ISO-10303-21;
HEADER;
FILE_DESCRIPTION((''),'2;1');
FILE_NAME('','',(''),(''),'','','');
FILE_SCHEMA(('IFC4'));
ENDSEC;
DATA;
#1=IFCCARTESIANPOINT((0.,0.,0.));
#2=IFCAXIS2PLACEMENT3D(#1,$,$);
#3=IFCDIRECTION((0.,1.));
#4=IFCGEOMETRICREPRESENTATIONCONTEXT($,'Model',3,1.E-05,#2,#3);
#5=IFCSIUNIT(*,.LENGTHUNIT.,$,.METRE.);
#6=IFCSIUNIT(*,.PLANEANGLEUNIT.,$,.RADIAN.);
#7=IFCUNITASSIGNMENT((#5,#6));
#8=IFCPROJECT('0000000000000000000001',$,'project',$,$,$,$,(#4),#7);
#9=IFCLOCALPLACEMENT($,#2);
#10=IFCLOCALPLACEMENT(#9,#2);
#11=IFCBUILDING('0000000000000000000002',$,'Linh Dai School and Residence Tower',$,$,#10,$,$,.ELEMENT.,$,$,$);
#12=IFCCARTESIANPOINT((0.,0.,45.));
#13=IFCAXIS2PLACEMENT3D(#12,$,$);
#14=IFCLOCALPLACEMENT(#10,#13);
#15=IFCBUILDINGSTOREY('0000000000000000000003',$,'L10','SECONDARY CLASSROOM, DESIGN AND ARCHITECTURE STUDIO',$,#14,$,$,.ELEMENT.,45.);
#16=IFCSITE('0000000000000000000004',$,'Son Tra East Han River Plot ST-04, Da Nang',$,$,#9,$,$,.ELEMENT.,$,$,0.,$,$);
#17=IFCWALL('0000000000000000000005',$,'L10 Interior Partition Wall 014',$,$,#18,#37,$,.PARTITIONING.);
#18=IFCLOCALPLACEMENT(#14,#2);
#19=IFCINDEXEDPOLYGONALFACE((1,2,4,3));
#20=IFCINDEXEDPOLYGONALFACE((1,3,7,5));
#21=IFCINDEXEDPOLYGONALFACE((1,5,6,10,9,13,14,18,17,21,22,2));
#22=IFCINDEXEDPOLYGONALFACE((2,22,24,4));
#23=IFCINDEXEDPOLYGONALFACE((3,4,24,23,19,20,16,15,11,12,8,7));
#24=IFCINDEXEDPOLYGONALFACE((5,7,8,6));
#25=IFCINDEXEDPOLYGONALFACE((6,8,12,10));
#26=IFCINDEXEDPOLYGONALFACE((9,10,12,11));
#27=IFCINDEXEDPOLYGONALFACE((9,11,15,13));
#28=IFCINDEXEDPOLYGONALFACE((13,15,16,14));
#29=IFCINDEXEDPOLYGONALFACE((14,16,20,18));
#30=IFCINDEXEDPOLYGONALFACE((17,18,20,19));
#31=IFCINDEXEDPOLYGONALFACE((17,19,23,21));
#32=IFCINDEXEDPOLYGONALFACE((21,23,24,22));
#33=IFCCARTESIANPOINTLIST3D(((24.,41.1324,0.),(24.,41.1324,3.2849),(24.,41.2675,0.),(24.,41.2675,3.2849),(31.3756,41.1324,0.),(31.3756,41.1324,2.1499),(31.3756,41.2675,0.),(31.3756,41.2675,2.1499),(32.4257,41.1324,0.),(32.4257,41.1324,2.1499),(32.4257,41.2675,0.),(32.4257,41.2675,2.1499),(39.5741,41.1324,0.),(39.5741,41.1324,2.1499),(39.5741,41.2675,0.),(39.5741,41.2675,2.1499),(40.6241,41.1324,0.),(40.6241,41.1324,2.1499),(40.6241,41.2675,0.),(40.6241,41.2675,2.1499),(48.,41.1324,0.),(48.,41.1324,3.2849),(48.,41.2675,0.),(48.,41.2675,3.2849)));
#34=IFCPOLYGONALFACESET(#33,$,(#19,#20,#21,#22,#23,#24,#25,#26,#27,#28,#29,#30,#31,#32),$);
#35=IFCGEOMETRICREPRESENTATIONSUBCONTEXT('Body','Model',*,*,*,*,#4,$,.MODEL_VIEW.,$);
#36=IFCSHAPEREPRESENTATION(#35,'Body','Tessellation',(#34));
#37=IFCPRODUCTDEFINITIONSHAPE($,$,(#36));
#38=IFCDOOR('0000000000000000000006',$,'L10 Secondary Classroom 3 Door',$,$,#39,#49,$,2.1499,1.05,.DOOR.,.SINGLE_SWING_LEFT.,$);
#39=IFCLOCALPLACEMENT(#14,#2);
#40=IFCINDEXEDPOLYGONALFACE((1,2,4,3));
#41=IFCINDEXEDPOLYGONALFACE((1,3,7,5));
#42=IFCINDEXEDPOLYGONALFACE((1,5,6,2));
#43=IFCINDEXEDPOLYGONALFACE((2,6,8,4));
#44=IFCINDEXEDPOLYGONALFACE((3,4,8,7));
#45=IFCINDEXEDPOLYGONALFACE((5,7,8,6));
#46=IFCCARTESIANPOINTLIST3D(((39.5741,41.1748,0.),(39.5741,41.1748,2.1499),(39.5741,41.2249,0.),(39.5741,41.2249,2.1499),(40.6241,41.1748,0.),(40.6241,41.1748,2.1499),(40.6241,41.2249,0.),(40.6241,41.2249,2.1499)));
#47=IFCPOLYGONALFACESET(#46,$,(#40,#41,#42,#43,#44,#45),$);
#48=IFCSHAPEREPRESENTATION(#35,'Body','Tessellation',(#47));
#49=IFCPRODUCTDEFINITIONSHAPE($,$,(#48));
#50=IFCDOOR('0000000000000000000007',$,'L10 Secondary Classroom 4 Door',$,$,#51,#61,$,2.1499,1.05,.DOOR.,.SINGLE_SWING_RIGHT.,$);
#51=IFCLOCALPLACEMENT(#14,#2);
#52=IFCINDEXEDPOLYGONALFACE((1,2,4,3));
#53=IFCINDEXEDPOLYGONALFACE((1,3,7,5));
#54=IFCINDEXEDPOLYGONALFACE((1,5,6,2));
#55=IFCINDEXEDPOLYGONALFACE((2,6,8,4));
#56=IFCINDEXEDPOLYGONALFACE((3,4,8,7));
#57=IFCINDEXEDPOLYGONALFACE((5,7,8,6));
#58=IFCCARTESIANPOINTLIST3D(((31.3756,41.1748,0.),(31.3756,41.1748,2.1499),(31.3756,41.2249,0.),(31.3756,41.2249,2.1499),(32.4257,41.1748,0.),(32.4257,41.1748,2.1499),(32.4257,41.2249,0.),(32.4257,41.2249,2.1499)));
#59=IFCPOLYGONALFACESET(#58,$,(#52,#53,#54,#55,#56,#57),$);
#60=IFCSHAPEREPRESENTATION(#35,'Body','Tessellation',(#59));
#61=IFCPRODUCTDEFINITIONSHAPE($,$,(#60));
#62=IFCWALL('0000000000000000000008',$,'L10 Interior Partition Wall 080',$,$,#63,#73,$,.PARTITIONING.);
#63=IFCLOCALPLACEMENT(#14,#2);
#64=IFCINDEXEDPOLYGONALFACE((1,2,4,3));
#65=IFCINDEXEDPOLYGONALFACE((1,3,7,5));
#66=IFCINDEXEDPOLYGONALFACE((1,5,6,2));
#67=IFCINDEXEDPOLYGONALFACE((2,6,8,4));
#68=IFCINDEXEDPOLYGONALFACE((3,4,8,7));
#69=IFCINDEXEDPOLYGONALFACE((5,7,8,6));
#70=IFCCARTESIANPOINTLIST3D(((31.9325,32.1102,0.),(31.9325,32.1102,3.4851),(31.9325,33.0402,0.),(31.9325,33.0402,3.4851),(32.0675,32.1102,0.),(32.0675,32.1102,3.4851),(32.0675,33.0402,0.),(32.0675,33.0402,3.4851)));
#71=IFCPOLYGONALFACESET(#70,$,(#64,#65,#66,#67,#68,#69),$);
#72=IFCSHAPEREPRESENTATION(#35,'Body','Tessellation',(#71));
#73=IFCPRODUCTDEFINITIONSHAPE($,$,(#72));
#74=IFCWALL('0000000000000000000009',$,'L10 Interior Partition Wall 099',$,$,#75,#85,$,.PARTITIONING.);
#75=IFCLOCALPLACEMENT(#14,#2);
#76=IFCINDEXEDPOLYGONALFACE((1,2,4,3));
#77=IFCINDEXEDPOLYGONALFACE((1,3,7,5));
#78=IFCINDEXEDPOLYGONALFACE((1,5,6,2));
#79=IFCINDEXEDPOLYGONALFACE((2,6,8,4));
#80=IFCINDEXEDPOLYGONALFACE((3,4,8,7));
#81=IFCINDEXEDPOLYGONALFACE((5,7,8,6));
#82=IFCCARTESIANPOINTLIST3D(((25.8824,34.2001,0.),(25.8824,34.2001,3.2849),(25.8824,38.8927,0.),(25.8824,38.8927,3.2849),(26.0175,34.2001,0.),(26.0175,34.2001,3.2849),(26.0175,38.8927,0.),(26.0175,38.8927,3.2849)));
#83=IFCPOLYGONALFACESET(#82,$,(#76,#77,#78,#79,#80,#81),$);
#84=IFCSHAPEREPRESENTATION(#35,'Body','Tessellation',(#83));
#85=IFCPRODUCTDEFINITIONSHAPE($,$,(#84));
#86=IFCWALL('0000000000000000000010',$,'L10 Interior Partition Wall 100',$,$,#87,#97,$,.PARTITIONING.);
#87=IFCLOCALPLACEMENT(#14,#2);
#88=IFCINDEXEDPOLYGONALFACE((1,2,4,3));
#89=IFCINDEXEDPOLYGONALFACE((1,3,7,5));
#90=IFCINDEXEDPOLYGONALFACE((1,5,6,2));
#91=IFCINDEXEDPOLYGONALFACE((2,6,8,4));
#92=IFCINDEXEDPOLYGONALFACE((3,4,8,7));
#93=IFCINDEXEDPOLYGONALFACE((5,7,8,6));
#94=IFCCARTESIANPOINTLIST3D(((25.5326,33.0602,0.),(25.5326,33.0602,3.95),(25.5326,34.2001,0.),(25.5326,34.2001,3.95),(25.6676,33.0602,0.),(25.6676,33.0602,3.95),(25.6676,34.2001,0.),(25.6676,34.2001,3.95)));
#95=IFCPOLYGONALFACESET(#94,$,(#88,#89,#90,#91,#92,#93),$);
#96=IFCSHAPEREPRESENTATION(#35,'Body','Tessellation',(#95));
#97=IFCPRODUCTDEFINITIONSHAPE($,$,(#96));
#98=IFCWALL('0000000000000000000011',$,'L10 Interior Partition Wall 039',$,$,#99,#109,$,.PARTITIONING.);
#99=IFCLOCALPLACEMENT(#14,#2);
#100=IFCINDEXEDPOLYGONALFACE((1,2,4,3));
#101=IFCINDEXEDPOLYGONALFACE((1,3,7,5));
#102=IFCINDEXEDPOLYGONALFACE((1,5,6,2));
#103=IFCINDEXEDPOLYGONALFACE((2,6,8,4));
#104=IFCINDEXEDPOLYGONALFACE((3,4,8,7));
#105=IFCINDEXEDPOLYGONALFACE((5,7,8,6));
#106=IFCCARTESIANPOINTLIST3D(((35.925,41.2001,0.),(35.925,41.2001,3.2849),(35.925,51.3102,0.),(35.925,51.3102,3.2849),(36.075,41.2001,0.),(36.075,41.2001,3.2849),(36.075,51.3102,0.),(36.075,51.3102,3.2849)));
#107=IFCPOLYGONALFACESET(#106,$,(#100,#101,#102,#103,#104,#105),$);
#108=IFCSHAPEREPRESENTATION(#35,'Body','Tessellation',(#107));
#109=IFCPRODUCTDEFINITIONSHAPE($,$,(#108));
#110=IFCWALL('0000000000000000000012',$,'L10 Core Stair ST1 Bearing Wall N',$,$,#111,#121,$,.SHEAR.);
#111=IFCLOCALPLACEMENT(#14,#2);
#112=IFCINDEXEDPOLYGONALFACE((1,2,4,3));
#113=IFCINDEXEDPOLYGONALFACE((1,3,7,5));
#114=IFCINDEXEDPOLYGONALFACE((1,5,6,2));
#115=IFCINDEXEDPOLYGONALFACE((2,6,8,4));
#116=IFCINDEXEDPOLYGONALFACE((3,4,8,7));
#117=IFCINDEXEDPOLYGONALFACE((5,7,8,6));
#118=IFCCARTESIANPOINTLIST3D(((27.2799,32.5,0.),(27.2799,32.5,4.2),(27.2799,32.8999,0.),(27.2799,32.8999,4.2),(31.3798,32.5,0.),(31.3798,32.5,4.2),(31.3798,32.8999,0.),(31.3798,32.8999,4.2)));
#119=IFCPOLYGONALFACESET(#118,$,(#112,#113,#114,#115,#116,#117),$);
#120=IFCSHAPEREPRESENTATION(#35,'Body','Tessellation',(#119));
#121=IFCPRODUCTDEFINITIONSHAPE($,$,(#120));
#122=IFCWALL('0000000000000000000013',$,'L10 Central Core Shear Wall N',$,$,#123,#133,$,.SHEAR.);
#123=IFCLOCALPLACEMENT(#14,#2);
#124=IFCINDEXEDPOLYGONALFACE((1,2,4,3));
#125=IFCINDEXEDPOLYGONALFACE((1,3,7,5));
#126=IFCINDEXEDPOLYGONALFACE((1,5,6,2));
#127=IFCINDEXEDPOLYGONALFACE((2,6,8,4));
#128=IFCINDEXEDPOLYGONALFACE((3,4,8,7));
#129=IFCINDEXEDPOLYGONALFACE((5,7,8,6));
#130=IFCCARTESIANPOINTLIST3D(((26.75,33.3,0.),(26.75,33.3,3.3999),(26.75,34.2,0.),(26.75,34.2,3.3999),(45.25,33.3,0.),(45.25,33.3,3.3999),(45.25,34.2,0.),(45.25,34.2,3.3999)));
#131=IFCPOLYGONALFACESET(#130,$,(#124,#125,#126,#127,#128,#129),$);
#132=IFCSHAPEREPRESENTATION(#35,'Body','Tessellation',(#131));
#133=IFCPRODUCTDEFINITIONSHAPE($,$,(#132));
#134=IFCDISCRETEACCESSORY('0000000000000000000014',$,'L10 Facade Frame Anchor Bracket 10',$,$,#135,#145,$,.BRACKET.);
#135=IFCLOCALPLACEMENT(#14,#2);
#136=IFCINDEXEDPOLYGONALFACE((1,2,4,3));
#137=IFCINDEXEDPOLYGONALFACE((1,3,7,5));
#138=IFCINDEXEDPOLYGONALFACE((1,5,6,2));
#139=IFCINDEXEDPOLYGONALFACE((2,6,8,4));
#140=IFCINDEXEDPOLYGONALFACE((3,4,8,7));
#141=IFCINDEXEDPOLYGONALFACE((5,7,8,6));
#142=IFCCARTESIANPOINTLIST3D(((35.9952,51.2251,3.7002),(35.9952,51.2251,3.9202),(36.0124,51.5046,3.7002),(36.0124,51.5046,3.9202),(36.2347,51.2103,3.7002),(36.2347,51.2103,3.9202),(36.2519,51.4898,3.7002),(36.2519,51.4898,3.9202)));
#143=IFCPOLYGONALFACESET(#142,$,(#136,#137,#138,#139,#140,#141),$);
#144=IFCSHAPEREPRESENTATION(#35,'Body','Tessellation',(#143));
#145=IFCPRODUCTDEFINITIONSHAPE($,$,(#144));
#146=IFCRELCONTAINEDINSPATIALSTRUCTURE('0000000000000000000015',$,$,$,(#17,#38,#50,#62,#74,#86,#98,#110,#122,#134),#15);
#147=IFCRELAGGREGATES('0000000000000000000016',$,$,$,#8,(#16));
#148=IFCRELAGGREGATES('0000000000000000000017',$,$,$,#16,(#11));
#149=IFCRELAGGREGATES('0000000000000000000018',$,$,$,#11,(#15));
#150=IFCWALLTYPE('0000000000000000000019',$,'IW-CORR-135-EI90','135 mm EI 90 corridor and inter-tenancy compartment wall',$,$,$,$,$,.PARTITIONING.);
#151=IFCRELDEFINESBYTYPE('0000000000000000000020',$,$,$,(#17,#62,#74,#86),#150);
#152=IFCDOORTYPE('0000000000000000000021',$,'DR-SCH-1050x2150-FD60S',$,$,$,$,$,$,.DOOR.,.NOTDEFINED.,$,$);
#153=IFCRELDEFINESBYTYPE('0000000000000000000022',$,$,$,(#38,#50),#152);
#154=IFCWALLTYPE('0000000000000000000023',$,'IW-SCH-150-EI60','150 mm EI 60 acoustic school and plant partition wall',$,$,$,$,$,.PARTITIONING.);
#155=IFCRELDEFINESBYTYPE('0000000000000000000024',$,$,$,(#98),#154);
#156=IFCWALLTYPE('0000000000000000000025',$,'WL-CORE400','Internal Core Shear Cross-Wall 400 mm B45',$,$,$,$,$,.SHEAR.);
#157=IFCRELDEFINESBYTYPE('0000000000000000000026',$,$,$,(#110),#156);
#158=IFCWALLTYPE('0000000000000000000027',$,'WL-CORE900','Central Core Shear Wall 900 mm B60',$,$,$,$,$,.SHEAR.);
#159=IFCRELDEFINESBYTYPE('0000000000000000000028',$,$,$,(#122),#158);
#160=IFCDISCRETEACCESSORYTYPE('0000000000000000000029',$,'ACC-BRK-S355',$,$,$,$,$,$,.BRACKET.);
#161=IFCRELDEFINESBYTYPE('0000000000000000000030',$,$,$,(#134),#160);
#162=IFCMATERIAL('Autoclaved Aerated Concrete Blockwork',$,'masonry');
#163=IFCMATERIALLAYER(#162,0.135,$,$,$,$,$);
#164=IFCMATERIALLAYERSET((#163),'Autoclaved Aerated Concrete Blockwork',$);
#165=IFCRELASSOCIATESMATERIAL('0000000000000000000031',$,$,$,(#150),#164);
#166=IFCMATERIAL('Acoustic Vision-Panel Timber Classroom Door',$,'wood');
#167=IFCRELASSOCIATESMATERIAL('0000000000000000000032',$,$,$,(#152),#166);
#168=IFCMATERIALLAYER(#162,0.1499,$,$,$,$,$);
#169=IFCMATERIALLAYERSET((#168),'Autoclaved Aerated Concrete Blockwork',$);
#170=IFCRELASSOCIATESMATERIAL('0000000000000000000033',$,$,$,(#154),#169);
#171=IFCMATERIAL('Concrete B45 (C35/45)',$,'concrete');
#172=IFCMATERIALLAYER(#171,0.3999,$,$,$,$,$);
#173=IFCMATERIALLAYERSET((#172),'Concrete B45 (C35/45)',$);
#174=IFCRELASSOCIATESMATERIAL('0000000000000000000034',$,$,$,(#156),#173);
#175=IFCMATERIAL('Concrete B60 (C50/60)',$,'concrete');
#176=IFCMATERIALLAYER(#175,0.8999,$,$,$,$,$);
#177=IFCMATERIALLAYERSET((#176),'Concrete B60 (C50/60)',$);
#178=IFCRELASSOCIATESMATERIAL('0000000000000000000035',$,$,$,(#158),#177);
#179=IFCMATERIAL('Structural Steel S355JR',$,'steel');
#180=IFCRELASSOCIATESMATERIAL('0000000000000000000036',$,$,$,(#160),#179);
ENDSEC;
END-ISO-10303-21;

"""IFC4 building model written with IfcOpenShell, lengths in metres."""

from ifc_helpers import new_model, si_unit, direction, frame, frame_2d, origin, origin_2d, place, context, subcontext, project, spatial, rectangle, extrude, source, transform, mapped, material, layer, layer_set, type_object, element, fill, save


model = new_model("IFC4")

# Units and contexts
model_context = context("Model", 3, precision=1e-05, world=origin(), true_north=direction((0.0, 1.0)))
body_context = subcontext(model_context, "Body", "Model", "MODEL_VIEW")
ifc_project = project(units=[si_unit("LENGTHUNIT", "METRE"), si_unit("PLANEANGLEUNIT", "RADIAN")], contexts=[model_context])

# Site, building, storey
site_placement = place(None, origin())
site = spatial("IfcSite", under=ifc_project, at=site_placement, Name="Son Tra East Han River Plot ST-04, Da Nang", CompositionType="ELEMENT", RefElevation=0.0)
building_placement = place(site_placement, origin())
building = spatial("IfcBuilding", under=site, at=building_placement, Name="Linh Dai School and Residence Tower", CompositionType="ELEMENT")
storey_placement = place(building_placement, frame((0.0, 0.0, 45.0)))
storey = spatial("IfcBuildingStorey", under=building, at=storey_placement, Name="L10", Description="SECONDARY CLASSROOM, DESIGN AND ARCHITECTURE STUDIO", CompositionType="ELEMENT", Elevation=45.0)

# Shared definitions
ifc_material_1 = material(Name="Concrete B60 (C50/60)", Category="concrete")
ifc_material_2 = material(Name="Structural Steel S355JR", Category="steel")

# Shared definitions
ifc_material_3 = material(Name="Autoclaved Aerated Concrete Blockwork", Category="masonry")
ifc_layer_1 = layer(ifc_material_3, 0.135)
ifc_layer_set_1 = layer_set([ifc_layer_1], Name="Autoclaved Aerated Concrete Blockwork")
wall_type_1 = type_object("IfcWallType", Name="IW-CORR-135-EI90", Description="135 mm EI 90 corridor and inter-tenancy compartment wall", PredefinedType="PARTITIONING", material=ifc_layer_set_1)
ifc_material_4 = material(Name="Acoustic Vision-Panel Timber Classroom Door", Category="wood")
door_type = type_object("IfcDoorType", Name="DR-SCH-1050x2150-FD60S", OperationType="NOTDEFINED", PredefinedType="DOOR", material=ifc_material_4)
shared_shape_1 = source(origin(), body_context, "Body", "SweptSolid", [
    extrude(rectangle(XDim=1.05, YDim=2.1499, at=origin_2d()), frame((0.5249, 0.0249, 1.075), z_axis=(0.0, -1.0, 0.0), x_axis=(1.0, 0.0, 0.0)), (0.0, 0.0, 1.0), 0.05),
])

# Wall, openings, doors
wall_1_placement = place(storey_placement, frame((24.0, 41.2, 0.0), z_axis=(0.0, 0.0, 1.0), x_axis=(1.0, 0.0, 0.0)))
wall_1 = element("IfcWall", 1, at=wall_1_placement, inside=storey, type_object=wall_type_1, Name="L10 Interior Partition Wall 014", PredefinedType="PARTITIONING", context=body_context, shape_type="SweptSolid", body=[
    extrude(rectangle(XDim=24.0, YDim=0.135, at=frame_2d((12.0, 0.0))), origin(), (0.0, 0.0, 1.0), 3.2849),
])
opening_1_placement = place(wall_1_placement, frame((15.5742, 0.0, 0.0)))
opening_1 = element("IfcOpeningElement", 2, at=opening_1_placement, cuts=wall_1, PredefinedType="OPENING", context=body_context, shape_type="SweptSolid", body=[
    extrude(rectangle(XDim=1.05, YDim=2.1499, at=origin_2d()), frame((0.5249, 0.0776, 1.075), z_axis=(0.0, -1.0, 0.0), x_axis=(1.0, 0.0, 0.0)), (0.0, 0.0, 1.0), 0.155),
])
opening_2_placement = place(wall_1_placement, frame((7.3757, 0.0, 0.0)))
opening_2 = element("IfcOpeningElement", 3, at=opening_2_placement, cuts=wall_1, PredefinedType="OPENING", context=body_context, shape_type="SweptSolid", body=[
    extrude(rectangle(XDim=1.05, YDim=2.1499, at=origin_2d()), frame((0.5249, 0.0776, 1.075), z_axis=(0.0, -1.0, 0.0), x_axis=(1.0, 0.0, 0.0)), (0.0, 0.0, 1.0), 0.155),
])
door_1_placement = place(opening_1_placement, origin())
door_1 = element("IfcDoor", 4, at=door_1_placement, inside=storey, type_object=door_type, Name="L10 Secondary Classroom 3 Door", OperationType="SINGLE_SWING_LEFT", OverallHeight=2.1499, OverallWidth=1.05, PredefinedType="DOOR", context=body_context, shape_type="MappedRepresentation", body=[
    mapped(shared_shape_1, transform((0.0, 0.0, 0.0), x_axis=(1.0, 0.0, 0.0), y_axis=(0.0, 1.0, 0.0), z_axis=(0.0, 0.0, 1.0), scale=1.0)),
])
fill(opening_1, door_1)
door_2_placement = place(opening_2_placement, origin())
door_2 = element("IfcDoor", 5, at=door_2_placement, inside=storey, type_object=door_type, Name="L10 Secondary Classroom 4 Door", OperationType="SINGLE_SWING_RIGHT", OverallHeight=2.1499, OverallWidth=1.05, PredefinedType="DOOR", context=body_context, shape_type="MappedRepresentation", body=[
    mapped(shared_shape_1, transform((0.0, 0.0, 0.0), x_axis=(1.0, 0.0, 0.0), y_axis=(0.0, 1.0, 0.0), z_axis=(0.0, 0.0, 1.0), scale=1.0)),
])
fill(opening_2, door_2)

# Walls
wall_2_placement = place(storey_placement, frame((32.0, 33.04, 0.0), z_axis=(0.0, 0.0, 1.0), x_axis=(0.0, -1.0, 0.0)))
element("IfcWall", 6, at=wall_2_placement, inside=storey, type_object=wall_type_1, Name="L10 Interior Partition Wall 080", PredefinedType="PARTITIONING", context=body_context, shape_type="SweptSolid", body=[
    extrude(rectangle(XDim=0.9299, YDim=0.135, at=frame_2d((0.4648, 0.0))), origin(), (0.0, 0.0, 1.0), 3.4851),
])
wall_3_placement = place(storey_placement, frame((25.95, 38.8926, 0.0), z_axis=(0.0, 0.0, 1.0), x_axis=(0.0, -1.0, 0.0)))
element("IfcWall", 7, at=wall_3_placement, inside=storey, type_object=wall_type_1, Name="L10 Interior Partition Wall 099", PredefinedType="PARTITIONING", context=body_context, shape_type="SweptSolid", body=[
    extrude(rectangle(XDim=4.6926, YDim=0.135, at=frame_2d((2.3462, 0.0))), origin(), (0.0, 0.0, 1.0), 3.2849),
])
wall_4_placement = place(storey_placement, frame((25.6001, 34.2, 0.0), z_axis=(0.0, 0.0, 1.0), x_axis=(0.0, -1.0, 0.0)))
element("IfcWall", 8, at=wall_4_placement, inside=storey, type_object=wall_type_1, Name="L10 Interior Partition Wall 100", PredefinedType="PARTITIONING", context=body_context, shape_type="SweptSolid", body=[
    extrude(rectangle(XDim=1.1399, YDim=0.135, at=frame_2d((0.5698, 0.0))), origin(), (0.0, 0.0, 1.0), 3.95),
])
ifc_layer_2 = layer(ifc_material_3, 0.1499)
ifc_layer_set_2 = layer_set([ifc_layer_2], Name="Autoclaved Aerated Concrete Blockwork")
wall_type_2 = type_object("IfcWallType", Name="IW-SCH-150-EI60", Description="150 mm EI 60 acoustic school and plant partition wall", PredefinedType="PARTITIONING", material=ifc_layer_set_2)
wall_5_placement = place(storey_placement, frame((36.0, 41.2, 0.0), z_axis=(0.0, 0.0, 1.0), x_axis=(0.0, 1.0, 0.0)))
element("IfcWall", 9, at=wall_5_placement, inside=storey, type_object=wall_type_2, Name="L10 Interior Partition Wall 039", PredefinedType="PARTITIONING", context=body_context, shape_type="SweptSolid", body=[
    extrude(rectangle(XDim=10.1101, YDim=0.1499, at=frame_2d((5.0552, 0.0))), origin(), (0.0, 0.0, 1.0), 3.2849),
])
ifc_material_5 = material(Name="Concrete B45 (C35/45)", Category="concrete")
ifc_layer_3 = layer(ifc_material_5, 0.3999)
ifc_layer_set_3 = layer_set([ifc_layer_3], Name="Concrete B45 (C35/45)")
wall_type_3 = type_object("IfcWallType", Name="WL-CORE400", Description="Internal Core Shear Cross-Wall 400 mm B45", PredefinedType="SHEAR", material=ifc_layer_set_3)
wall_6_placement = place(storey_placement, frame((27.28, 32.7, 0.0), z_axis=(0.0, 0.0, 1.0), x_axis=(1.0, 0.0, 0.0)))
element("IfcWall", 10, at=wall_6_placement, inside=storey, type_object=wall_type_3, Name="L10 Core Stair ST1 Bearing Wall N", PredefinedType="SHEAR", context=body_context, shape_type="SweptSolid", body=[
    extrude(rectangle(XDim=4.0999, YDim=0.3999, at=frame_2d((2.0498, 0.0))), origin(), (0.0, 0.0, 1.0), 4.2),
])
ifc_layer_4 = layer(ifc_material_1, 0.8999)
ifc_layer_set_4 = layer_set([ifc_layer_4], Name="Concrete B60 (C50/60)")
wall_type_4 = type_object("IfcWallType", Name="WL-CORE900", Description="Central Core Shear Wall 900 mm B60", PredefinedType="SHEAR", material=ifc_layer_set_4)
wall_7_placement = place(storey_placement, frame((26.75, 33.75, 0.0), z_axis=(0.0, 0.0, 1.0), x_axis=(1.0, 0.0, 0.0)))
element("IfcWall", 11, at=wall_7_placement, inside=storey, type_object=wall_type_4, Name="L10 Central Core Shear Wall N", PredefinedType="SHEAR", context=body_context, shape_type="SweptSolid", body=[
    extrude(rectangle(XDim=18.5, YDim=0.8999, at=frame_2d((9.25, 0.0))), origin(), (0.0, 0.0, 1.0), 3.3999),
])

# Discrete accessory
discrete_accessory_type = type_object("IfcDiscreteAccessoryType", Name="ACC-BRK-S355", PredefinedType="BRACKET", material=ifc_material_2)
shared_shape_2 = source(origin(), body_context, "Body", "SweptSolid", [
    extrude(rectangle(XDim=0.28, YDim=0.24, at=origin_2d()), origin(), (0.0, 0.0, 1.0), 0.22),
])
discrete_accessory_placement = place(storey_placement, frame((36.1235, 51.3574, 3.7002), z_axis=(0.0, 0.0, 1.0), x_axis=(0.061507, 0.998107, 0.0)))
element("IfcDiscreteAccessory", 12, at=discrete_accessory_placement, inside=storey, type_object=discrete_accessory_type, Name="L10 Facade Frame Anchor Bracket 10", PredefinedType="BRACKET", context=body_context, shape_type="MappedRepresentation", body=[
    mapped(shared_shape_2, transform((0.0, 0.0, 0.0), x_axis=(1.0, 0.0, 0.0), y_axis=(0.0, 1.0, 0.0), z_axis=(0.0, 0.0, 1.0), scale=1.0)),
])

save(model, "model.ifc")
